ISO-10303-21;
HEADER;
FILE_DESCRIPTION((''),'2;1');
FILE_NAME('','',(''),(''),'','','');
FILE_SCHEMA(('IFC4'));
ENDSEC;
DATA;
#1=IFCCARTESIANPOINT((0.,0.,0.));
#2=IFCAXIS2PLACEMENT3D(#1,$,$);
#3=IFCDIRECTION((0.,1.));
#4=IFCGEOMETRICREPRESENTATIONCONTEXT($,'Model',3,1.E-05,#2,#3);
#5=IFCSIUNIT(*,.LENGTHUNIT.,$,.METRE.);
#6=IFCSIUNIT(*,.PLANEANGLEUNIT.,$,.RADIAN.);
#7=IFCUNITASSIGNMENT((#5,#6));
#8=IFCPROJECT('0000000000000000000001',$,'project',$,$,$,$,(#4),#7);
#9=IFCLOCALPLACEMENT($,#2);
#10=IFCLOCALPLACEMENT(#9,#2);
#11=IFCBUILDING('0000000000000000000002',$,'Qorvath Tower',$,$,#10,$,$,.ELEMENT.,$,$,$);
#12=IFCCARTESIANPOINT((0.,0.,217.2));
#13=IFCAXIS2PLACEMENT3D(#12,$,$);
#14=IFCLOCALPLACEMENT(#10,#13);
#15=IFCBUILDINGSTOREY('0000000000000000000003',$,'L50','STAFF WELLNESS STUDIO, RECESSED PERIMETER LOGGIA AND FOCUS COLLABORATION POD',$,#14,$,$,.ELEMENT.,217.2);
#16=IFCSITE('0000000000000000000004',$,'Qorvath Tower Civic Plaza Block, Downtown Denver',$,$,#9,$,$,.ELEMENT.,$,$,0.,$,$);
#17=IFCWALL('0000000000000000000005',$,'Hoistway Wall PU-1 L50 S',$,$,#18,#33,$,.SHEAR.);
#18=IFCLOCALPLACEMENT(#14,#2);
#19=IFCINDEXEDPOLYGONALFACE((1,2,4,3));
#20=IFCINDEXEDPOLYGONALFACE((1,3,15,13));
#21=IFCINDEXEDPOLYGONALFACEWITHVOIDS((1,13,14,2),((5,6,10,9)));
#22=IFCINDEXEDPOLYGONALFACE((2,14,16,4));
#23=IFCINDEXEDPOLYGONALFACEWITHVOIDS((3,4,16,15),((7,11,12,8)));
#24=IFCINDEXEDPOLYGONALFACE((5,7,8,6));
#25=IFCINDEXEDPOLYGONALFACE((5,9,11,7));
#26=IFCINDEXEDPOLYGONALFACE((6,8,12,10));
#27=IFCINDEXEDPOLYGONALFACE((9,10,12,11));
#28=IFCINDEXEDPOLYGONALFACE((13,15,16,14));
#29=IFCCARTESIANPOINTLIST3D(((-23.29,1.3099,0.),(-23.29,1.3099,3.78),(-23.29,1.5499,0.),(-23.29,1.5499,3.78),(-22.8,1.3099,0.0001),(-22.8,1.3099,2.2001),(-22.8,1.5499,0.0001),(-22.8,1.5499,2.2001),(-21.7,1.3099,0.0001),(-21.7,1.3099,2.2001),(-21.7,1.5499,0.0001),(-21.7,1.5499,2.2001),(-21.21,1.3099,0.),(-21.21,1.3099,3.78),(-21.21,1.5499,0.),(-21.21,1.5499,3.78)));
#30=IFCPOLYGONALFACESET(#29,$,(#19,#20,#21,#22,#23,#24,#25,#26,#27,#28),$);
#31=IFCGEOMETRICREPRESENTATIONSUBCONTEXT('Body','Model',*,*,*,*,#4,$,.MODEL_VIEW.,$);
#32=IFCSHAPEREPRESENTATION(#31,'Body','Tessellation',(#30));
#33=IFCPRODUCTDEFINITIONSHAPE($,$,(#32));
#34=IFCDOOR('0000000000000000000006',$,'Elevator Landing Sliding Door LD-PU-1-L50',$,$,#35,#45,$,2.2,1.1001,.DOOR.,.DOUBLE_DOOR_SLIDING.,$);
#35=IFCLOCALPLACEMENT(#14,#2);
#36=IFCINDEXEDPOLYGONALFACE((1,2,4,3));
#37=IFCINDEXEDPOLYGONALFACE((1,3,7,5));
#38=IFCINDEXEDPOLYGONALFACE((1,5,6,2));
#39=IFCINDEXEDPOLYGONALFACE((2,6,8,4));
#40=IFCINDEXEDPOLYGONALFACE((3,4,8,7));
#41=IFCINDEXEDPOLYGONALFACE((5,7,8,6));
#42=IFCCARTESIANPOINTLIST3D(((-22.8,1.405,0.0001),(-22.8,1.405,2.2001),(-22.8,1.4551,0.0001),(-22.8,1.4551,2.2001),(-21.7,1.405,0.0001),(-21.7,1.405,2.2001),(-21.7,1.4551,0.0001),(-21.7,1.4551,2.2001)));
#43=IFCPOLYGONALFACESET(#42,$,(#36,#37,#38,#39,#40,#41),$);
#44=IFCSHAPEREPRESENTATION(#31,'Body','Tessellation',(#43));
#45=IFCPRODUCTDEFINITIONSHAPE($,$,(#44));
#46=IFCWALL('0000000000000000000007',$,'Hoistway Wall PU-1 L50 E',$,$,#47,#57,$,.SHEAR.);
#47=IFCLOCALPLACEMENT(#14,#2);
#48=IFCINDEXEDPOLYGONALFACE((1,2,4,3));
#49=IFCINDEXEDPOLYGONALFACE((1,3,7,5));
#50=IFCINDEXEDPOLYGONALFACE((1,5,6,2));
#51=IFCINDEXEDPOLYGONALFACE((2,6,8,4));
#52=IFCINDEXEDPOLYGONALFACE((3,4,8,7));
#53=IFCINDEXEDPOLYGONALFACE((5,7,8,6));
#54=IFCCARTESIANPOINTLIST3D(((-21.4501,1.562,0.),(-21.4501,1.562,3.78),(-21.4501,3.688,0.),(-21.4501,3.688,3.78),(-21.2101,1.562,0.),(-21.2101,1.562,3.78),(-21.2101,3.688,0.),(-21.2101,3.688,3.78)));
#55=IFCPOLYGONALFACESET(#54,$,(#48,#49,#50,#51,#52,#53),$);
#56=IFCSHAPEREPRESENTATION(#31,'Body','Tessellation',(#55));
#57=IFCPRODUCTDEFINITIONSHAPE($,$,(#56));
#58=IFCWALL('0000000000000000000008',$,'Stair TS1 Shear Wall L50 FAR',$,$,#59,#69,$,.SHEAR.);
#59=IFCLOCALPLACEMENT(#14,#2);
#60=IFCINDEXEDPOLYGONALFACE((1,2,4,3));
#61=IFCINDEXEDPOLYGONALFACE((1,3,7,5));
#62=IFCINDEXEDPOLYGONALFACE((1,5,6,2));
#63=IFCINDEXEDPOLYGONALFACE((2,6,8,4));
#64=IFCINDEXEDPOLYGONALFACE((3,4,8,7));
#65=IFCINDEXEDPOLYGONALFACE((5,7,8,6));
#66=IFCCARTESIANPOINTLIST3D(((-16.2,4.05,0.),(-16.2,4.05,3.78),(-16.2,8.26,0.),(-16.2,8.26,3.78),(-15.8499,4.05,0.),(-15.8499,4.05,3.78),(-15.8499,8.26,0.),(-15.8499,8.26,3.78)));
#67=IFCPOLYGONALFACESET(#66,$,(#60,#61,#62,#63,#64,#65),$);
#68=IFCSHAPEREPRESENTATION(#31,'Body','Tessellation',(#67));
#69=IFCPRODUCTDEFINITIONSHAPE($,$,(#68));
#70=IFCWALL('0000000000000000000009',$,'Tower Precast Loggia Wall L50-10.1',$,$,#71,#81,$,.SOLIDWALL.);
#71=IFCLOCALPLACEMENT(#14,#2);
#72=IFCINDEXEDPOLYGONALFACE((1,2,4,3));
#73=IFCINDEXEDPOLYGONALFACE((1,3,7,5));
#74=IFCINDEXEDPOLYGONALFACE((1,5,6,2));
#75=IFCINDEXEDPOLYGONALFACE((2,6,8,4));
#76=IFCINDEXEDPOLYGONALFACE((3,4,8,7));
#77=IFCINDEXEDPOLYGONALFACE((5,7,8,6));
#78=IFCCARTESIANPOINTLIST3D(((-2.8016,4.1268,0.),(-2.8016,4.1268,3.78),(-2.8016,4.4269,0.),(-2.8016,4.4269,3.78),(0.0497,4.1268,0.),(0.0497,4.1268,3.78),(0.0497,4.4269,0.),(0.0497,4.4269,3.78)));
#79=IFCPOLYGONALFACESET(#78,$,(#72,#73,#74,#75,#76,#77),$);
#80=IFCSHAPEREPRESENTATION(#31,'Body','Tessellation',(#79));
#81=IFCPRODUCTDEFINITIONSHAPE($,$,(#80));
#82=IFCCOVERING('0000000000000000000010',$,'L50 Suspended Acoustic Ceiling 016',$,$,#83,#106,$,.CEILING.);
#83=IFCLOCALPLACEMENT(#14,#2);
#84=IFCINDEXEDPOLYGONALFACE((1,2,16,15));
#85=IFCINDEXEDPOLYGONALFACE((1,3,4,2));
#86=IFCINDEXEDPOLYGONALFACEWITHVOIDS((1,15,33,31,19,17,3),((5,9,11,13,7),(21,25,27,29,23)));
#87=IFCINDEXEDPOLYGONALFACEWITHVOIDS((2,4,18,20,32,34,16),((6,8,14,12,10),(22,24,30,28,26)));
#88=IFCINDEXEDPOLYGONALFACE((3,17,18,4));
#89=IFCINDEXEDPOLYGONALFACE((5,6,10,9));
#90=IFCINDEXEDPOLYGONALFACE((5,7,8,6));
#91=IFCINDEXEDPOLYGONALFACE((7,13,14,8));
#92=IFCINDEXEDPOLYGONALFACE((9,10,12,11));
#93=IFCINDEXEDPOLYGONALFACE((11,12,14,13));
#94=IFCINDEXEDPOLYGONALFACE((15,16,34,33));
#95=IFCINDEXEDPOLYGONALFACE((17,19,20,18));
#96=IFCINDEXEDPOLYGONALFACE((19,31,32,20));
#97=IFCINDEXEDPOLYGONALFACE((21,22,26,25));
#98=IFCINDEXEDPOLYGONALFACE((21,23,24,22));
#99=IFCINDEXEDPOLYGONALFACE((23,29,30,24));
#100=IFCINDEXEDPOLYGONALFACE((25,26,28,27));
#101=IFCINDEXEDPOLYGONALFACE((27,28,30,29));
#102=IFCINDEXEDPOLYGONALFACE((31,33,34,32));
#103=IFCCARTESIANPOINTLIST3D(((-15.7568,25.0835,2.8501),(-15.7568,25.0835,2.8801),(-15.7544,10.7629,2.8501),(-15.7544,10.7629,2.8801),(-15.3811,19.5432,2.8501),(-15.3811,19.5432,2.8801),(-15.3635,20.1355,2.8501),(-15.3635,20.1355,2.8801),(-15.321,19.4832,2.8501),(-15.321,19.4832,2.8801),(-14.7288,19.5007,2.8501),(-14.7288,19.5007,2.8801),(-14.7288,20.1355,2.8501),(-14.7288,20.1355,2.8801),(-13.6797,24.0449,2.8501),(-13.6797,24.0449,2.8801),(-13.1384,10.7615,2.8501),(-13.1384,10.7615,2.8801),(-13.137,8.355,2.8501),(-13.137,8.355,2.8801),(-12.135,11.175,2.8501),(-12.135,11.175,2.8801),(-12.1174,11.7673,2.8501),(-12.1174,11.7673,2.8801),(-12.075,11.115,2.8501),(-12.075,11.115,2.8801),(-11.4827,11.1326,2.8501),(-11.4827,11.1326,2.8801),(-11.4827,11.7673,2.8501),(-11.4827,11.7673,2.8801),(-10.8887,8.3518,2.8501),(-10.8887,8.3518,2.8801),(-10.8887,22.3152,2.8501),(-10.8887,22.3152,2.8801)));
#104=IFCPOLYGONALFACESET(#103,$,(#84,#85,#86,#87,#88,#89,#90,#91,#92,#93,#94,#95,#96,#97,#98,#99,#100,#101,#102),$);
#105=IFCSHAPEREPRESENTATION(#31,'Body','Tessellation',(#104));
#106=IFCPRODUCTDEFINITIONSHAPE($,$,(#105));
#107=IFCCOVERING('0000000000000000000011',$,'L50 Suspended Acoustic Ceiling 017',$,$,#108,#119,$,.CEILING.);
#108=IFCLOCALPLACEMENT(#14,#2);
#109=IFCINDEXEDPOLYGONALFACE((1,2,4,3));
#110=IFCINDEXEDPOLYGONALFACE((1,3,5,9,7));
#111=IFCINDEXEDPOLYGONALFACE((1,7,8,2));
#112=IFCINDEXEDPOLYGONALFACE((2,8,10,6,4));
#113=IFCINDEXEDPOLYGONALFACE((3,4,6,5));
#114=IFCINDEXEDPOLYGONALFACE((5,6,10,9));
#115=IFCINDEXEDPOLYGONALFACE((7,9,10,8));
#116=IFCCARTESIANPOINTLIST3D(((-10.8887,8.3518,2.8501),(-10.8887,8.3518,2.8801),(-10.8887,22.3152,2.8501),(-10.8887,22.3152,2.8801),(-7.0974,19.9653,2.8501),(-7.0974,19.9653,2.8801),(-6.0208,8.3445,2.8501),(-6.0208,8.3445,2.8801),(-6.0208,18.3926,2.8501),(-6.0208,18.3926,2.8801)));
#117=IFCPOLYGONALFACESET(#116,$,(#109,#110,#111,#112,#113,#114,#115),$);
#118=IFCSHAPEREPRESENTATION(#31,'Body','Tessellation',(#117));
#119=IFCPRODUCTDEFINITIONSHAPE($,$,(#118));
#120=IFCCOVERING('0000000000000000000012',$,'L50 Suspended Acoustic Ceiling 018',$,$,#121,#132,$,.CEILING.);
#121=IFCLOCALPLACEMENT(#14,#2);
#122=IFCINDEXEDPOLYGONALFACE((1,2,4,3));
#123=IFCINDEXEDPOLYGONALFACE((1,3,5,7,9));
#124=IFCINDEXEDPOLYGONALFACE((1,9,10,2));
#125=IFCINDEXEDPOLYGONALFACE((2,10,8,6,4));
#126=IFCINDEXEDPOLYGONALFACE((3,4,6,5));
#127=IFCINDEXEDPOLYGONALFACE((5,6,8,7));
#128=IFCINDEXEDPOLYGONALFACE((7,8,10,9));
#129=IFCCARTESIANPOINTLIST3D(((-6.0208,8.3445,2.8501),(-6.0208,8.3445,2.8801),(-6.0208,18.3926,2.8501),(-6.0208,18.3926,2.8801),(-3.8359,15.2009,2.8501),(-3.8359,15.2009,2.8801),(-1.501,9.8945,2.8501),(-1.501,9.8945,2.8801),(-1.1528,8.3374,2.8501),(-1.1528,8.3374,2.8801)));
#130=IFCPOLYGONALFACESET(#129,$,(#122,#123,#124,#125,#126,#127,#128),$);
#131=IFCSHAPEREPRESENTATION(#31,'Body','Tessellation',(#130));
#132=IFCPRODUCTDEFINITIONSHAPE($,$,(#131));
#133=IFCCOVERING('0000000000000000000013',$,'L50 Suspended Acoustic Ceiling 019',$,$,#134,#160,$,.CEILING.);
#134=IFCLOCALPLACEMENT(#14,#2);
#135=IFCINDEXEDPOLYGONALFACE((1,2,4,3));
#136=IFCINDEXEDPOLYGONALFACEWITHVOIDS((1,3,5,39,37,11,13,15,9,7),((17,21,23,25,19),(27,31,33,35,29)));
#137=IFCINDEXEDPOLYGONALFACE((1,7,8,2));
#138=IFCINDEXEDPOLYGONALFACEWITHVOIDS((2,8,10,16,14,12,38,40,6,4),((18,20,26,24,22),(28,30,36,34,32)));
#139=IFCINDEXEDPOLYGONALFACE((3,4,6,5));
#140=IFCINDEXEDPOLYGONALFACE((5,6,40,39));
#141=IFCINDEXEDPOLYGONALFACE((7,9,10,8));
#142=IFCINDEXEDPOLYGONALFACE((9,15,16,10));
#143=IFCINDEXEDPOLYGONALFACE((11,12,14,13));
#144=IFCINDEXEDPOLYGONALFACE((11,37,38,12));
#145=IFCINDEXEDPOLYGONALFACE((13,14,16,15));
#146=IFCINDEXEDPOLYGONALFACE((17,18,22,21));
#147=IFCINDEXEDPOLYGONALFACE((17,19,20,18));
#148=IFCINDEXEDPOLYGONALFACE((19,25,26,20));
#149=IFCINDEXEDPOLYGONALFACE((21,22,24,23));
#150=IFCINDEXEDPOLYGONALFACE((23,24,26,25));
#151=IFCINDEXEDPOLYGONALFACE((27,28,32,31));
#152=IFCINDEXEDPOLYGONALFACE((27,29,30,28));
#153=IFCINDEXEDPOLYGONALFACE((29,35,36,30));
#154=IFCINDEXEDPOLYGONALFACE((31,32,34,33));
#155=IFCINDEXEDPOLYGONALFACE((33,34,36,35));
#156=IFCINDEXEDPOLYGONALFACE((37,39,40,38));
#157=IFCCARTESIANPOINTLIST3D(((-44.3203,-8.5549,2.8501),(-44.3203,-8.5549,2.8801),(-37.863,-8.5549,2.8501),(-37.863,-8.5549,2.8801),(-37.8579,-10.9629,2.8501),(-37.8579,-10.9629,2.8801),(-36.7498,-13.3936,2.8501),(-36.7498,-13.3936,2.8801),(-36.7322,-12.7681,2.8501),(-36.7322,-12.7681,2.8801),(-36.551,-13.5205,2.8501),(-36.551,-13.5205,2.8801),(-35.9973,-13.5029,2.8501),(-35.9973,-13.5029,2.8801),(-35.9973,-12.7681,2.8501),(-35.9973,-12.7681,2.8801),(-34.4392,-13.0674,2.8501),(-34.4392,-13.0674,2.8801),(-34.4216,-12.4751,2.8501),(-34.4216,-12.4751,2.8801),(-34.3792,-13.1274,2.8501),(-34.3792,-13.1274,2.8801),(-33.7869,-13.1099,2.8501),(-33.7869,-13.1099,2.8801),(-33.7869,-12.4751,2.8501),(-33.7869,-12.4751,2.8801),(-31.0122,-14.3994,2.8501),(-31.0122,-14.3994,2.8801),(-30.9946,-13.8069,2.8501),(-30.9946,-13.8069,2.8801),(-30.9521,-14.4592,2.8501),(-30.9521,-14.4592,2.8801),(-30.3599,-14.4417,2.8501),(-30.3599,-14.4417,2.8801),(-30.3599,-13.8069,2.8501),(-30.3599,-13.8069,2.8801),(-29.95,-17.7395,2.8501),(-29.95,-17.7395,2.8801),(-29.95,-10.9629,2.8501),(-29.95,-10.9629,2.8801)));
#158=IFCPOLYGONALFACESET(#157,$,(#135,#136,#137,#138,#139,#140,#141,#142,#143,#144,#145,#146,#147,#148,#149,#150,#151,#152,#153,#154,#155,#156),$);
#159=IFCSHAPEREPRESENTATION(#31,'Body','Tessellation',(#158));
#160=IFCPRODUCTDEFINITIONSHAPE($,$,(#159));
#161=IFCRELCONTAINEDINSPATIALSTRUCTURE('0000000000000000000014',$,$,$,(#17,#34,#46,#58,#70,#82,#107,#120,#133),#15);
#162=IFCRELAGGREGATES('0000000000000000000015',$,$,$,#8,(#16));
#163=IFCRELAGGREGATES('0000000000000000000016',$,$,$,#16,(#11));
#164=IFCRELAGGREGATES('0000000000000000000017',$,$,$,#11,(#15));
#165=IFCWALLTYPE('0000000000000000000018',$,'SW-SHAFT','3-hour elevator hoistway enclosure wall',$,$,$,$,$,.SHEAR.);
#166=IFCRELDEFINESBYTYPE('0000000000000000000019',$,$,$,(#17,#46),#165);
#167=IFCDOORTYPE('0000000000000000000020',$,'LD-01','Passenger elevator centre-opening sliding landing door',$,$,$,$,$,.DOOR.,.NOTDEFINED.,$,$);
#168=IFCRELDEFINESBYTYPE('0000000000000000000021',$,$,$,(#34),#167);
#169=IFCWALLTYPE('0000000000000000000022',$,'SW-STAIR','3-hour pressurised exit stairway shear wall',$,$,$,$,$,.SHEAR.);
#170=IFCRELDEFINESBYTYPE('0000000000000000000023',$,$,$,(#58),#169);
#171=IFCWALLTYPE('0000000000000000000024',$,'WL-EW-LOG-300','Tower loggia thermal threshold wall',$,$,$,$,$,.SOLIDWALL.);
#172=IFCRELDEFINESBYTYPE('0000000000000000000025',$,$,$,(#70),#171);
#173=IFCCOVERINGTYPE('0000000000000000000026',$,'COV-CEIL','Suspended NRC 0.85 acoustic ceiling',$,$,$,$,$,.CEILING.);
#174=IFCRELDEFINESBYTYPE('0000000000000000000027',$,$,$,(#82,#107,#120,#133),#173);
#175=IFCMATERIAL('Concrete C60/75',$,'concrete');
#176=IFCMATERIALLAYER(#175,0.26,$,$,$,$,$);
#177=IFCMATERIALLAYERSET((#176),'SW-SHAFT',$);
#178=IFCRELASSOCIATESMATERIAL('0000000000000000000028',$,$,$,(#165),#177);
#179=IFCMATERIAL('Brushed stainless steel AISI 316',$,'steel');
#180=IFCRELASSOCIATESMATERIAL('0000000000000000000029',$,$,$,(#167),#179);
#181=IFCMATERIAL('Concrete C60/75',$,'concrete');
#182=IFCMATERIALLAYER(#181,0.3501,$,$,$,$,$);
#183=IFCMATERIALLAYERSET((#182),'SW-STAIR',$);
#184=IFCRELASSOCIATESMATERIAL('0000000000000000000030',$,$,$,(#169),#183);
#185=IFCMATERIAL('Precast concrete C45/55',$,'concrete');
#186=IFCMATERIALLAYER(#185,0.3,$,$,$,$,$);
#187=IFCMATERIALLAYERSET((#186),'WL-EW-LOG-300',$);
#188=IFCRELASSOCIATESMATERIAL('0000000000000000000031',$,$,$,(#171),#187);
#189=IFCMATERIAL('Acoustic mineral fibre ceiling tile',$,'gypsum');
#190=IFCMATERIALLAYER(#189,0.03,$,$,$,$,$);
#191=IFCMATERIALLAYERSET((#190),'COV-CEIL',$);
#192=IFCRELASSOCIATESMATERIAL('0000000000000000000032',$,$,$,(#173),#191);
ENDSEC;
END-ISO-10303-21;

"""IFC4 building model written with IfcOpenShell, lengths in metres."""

from ifc_helpers import new_model, si_unit, direction, frame, frame_2d, origin, place, context, subcontext, project, spatial, polyline, rectangle, outline, extrude, material, layer, layer_set, type_object, element, fill, save


model = new_model("IFC4")

# Units and contexts
model_context = context("Model", 3, precision=1e-05, world=origin(), true_north=direction((0.0, 1.0)))
body_context = subcontext(model_context, "Body", "Model", "MODEL_VIEW")
ifc_project = project(units=[si_unit("LENGTHUNIT", "METRE"), si_unit("PLANEANGLEUNIT", "RADIAN")], contexts=[model_context])

# Site, building, storey
site_placement = place(None, origin())
site = spatial("IfcSite", under=ifc_project, at=site_placement, Name="Qorvath Tower Civic Plaza Block, Downtown Denver", CompositionType="ELEMENT", RefElevation=0.0)
building_placement = place(site_placement, origin())
building = spatial("IfcBuilding", under=site, at=building_placement, Name="Qorvath Tower", CompositionType="ELEMENT")
storey_placement = place(building_placement, frame((0.0, 0.0, 217.2)))
storey = spatial("IfcBuildingStorey", under=building, at=storey_placement, Name="L50", Description="STAFF WELLNESS STUDIO, RECESSED PERIMETER LOGGIA AND FOCUS COLLABORATION POD", CompositionType="ELEMENT", Elevation=217.2)

# Wall, opening, door
ifc_material_1 = material(Name="Concrete C60/75", Category="concrete")
ifc_layer_1 = layer(ifc_material_1, 0.26)
ifc_layer_set_1 = layer_set([ifc_layer_1], Name="SW-SHAFT")
wall_type_1 = type_object("IfcWallType", Name="SW-SHAFT", Description="3-hour elevator hoistway enclosure wall", PredefinedType="SHEAR", material=ifc_layer_set_1)
wall_1_placement = place(storey_placement, frame((-21.21, 1.4299, 0.0), z_axis=(0.0, 0.0, 1.0), x_axis=(-1.0, 0.0, 0.0)))
wall_1 = element("IfcWall", 1, at=wall_1_placement, inside=storey, type_object=wall_type_1, Name="Hoistway Wall PU-1 L50 S", PredefinedType="SHEAR", context=body_context, shape_type="SweptSolid", body=[
    extrude(rectangle(XDim=2.0801, YDim=0.24, at=frame_2d((1.04, 0.0))), origin(), (0.0, 0.0, 1.0), 3.78),
])
opening_1_placement = place(wall_1_placement, frame((0.49, 0.0, 0.0)))
opening_1 = element("IfcOpeningElement", 2, at=opening_1_placement, cuts=wall_1, PredefinedType="OPENING", context=body_context, shape_type="SweptSolid", body=[
    extrude(rectangle(XDim=1.1001, YDim=2.2, at=frame_2d((0.55, 1.1001))), frame((0.0, 0.1299, 0.0), z_axis=(0.0, -1.0, 0.0), x_axis=(1.0, 0.0, 0.0)), (0.0, 0.0, 1.0), 0.26),
])
ifc_material_2 = material(Name="Brushed stainless steel AISI 316", Category="steel")
door_type_1 = type_object("IfcDoorType", Name="LD-01", Description="Passenger elevator centre-opening sliding landing door", OperationType="NOTDEFINED", PredefinedType="DOOR", material=ifc_material_2)
door_1_placement = place(opening_1_placement, origin())
door_1 = element("IfcDoor", 3, at=door_1_placement, inside=storey, type_object=door_type_1, Name="Elevator Landing Sliding Door LD-PU-1-L50", OperationType="DOUBLE_DOOR_SLIDING", OverallHeight=2.2, OverallWidth=1.1001, PredefinedType="DOOR", context=body_context, shape_type="SweptSolid", body=[
    extrude(rectangle(XDim=1.1001, YDim=2.2, at=frame_2d((0.55, 1.1001))), frame((0.0, 0.0249, 0.0), z_axis=(0.0, -1.0, 0.0), x_axis=(1.0, 0.0, 0.0)), (0.0, 0.0, 1.0), 0.05),
])
fill(opening_1, door_1)

# Walls
wall_2_placement = place(storey_placement, frame((-21.3301, 3.688, 0.0), z_axis=(0.0, 0.0, 1.0), x_axis=(0.0, -1.0, 0.0)))
element("IfcWall", 4, at=wall_2_placement, inside=storey, type_object=wall_type_1, Name="Hoistway Wall PU-1 L50 E", PredefinedType="SHEAR", context=body_context, shape_type="SweptSolid", body=[
    extrude(rectangle(XDim=2.126, YDim=0.24, at=frame_2d((1.063, 0.0))), origin(), (0.0, 0.0, 1.0), 3.78),
])
ifc_material_3 = material(Name="Concrete C60/75", Category="concrete")
ifc_layer_2 = layer(ifc_material_3, 0.3501)
ifc_layer_set_2 = layer_set([ifc_layer_2], Name="SW-STAIR")
wall_type_2 = type_object("IfcWallType", Name="SW-STAIR", Description="3-hour pressurised exit stairway shear wall", PredefinedType="SHEAR", material=ifc_layer_set_2)
wall_3_placement = place(storey_placement, frame((-16.0249, 4.05, 0.0), z_axis=(0.0, 0.0, 1.0), x_axis=(0.0, 1.0, 0.0)))
element("IfcWall", 5, at=wall_3_placement, inside=storey, type_object=wall_type_2, Name="Stair TS1 Shear Wall L50 FAR", PredefinedType="SHEAR", context=body_context, shape_type="SweptSolid", body=[
    extrude(rectangle(XDim=4.21, YDim=0.3501, at=frame_2d((2.105, 0.0))), origin(), (0.0, 0.0, 1.0), 3.78),
])
ifc_material_4 = material(Name="Precast concrete C45/55", Category="concrete")
ifc_layer_3 = layer(ifc_material_4, 0.3)
ifc_layer_set_3 = layer_set([ifc_layer_3], Name="WL-EW-LOG-300")
wall_type_3 = type_object("IfcWallType", Name="WL-EW-LOG-300", Description="Tower loggia thermal threshold wall", PredefinedType="SOLIDWALL", material=ifc_layer_set_3)
wall_4_placement = place(storey_placement, frame((-2.8018, 4.2769, 0.0), z_axis=(0.0, 0.0, 1.0), x_axis=(1.0, 0.0, 0.0)))
element("IfcWall", 6, at=wall_4_placement, inside=storey, type_object=wall_type_3, Name="Tower Precast Loggia Wall L50-10.1", PredefinedType="SOLIDWALL", context=body_context, shape_type="SweptSolid", body=[
    extrude(rectangle(XDim=2.8513, YDim=0.3, at=frame_2d((1.4258, 0.0))), origin(), (0.0, 0.0, 1.0), 3.78),
])

# Coverings
ifc_material_5 = material(Name="Acoustic mineral fibre ceiling tile", Category="gypsum")
ifc_layer_4 = layer(ifc_material_5, 0.03)
ifc_layer_set_4 = layer_set([ifc_layer_4], Name="COV-CEIL")
covering_type_1 = type_object("IfcCoveringType", Name="COV-CEIL", Description="Suspended NRC 0.85 acoustic ceiling", PredefinedType="CEILING", material=ifc_layer_set_4)
covering_1_placement = place(storey_placement, frame((0.0, 0.0, 2.8501)))
element("IfcCovering", 7, at=covering_1_placement, inside=storey, type_object=covering_type_1, Name="L50 Suspended Acoustic Ceiling 016", PredefinedType="CEILING", context=body_context, shape_type="SweptSolid", body=[
    extrude(outline(polyline([(-10.8887, 8.3518), (-10.8887, 22.3152), (-13.6797, 24.0449), (-15.7568, 25.0835), (-15.7544, 10.7629), (-13.1384, 10.7615), (-13.137, 8.355), (-10.8887, 8.3518)]), holes=[polyline([(-12.135, 11.175), (-12.1174, 11.7673), (-11.4827, 11.7673), (-11.4827, 11.1326), (-12.075, 11.115), (-12.135, 11.175)]), polyline([(-15.3811, 19.5432), (-15.3635, 20.1355), (-14.7288, 20.1355), (-14.7288, 19.5007), (-15.321, 19.4832), (-15.3811, 19.5432)])]), origin(), (0.0, 0.0, 1.0), 0.03),
])
covering_2_placement = place(storey_placement, frame((0.0, 0.0, 2.8501)))
element("IfcCovering", 8, at=covering_2_placement, inside=storey, type_object=covering_type_1, Name="L50 Suspended Acoustic Ceiling 017", PredefinedType="CEILING", context=body_context, shape_type="SweptSolid", body=[
    extrude(outline(polyline([(-6.0208, 8.3445), (-6.0208, 18.3926), (-7.0974, 19.9653), (-10.8887, 22.3152), (-10.8887, 8.3518), (-6.0208, 8.3445)])), origin(), (0.0, 0.0, 1.0), 0.03),
])
covering_3_placement = place(storey_placement, frame((0.0, 0.0, 2.8501)))
element("IfcCovering", 9, at=covering_3_placement, inside=storey, type_object=covering_type_1, Name="L50 Suspended Acoustic Ceiling 018", PredefinedType="CEILING", context=body_context, shape_type="SweptSolid", body=[
    extrude(outline(polyline([(-1.1528, 8.3374), (-1.501, 9.8945), (-3.8359, 15.2009), (-6.0208, 18.3926), (-6.0208, 8.3445), (-1.1528, 8.3374)])), origin(), (0.0, 0.0, 1.0), 0.03),
])
covering_4_placement = place(storey_placement, frame((0.0, 0.0, 2.8501)))
element("IfcCovering", 10, at=covering_4_placement, inside=storey, type_object=covering_type_1, Name="L50 Suspended Acoustic Ceiling 019", PredefinedType="CEILING", context=body_context, shape_type="SweptSolid", body=[
    extrude(outline(polyline([(-29.95, -17.7395), (-29.95, -10.9629), (-37.8579, -10.9629), (-37.863, -8.5549), (-44.3203, -8.5549), (-36.7498, -13.3936), (-36.7322, -12.7681), (-35.9973, -12.7681), (-35.9973, -13.5029), (-36.551, -13.5205), (-29.95, -17.7395)]), holes=[polyline([(-31.0122, -14.3994), (-30.9946, -13.8069), (-30.3599, -13.8069), (-30.3599, -14.4417), (-30.9521, -14.4592), (-31.0122, -14.3994)]), polyline([(-34.4392, -13.0674), (-34.4216, -12.4751), (-33.7869, -12.4751), (-33.7869, -13.1099), (-34.3792, -13.1274), (-34.4392, -13.0674)])]), origin(), (0.0, 0.0, 1.0), 0.03),
])

save(model, "model.ifc")
